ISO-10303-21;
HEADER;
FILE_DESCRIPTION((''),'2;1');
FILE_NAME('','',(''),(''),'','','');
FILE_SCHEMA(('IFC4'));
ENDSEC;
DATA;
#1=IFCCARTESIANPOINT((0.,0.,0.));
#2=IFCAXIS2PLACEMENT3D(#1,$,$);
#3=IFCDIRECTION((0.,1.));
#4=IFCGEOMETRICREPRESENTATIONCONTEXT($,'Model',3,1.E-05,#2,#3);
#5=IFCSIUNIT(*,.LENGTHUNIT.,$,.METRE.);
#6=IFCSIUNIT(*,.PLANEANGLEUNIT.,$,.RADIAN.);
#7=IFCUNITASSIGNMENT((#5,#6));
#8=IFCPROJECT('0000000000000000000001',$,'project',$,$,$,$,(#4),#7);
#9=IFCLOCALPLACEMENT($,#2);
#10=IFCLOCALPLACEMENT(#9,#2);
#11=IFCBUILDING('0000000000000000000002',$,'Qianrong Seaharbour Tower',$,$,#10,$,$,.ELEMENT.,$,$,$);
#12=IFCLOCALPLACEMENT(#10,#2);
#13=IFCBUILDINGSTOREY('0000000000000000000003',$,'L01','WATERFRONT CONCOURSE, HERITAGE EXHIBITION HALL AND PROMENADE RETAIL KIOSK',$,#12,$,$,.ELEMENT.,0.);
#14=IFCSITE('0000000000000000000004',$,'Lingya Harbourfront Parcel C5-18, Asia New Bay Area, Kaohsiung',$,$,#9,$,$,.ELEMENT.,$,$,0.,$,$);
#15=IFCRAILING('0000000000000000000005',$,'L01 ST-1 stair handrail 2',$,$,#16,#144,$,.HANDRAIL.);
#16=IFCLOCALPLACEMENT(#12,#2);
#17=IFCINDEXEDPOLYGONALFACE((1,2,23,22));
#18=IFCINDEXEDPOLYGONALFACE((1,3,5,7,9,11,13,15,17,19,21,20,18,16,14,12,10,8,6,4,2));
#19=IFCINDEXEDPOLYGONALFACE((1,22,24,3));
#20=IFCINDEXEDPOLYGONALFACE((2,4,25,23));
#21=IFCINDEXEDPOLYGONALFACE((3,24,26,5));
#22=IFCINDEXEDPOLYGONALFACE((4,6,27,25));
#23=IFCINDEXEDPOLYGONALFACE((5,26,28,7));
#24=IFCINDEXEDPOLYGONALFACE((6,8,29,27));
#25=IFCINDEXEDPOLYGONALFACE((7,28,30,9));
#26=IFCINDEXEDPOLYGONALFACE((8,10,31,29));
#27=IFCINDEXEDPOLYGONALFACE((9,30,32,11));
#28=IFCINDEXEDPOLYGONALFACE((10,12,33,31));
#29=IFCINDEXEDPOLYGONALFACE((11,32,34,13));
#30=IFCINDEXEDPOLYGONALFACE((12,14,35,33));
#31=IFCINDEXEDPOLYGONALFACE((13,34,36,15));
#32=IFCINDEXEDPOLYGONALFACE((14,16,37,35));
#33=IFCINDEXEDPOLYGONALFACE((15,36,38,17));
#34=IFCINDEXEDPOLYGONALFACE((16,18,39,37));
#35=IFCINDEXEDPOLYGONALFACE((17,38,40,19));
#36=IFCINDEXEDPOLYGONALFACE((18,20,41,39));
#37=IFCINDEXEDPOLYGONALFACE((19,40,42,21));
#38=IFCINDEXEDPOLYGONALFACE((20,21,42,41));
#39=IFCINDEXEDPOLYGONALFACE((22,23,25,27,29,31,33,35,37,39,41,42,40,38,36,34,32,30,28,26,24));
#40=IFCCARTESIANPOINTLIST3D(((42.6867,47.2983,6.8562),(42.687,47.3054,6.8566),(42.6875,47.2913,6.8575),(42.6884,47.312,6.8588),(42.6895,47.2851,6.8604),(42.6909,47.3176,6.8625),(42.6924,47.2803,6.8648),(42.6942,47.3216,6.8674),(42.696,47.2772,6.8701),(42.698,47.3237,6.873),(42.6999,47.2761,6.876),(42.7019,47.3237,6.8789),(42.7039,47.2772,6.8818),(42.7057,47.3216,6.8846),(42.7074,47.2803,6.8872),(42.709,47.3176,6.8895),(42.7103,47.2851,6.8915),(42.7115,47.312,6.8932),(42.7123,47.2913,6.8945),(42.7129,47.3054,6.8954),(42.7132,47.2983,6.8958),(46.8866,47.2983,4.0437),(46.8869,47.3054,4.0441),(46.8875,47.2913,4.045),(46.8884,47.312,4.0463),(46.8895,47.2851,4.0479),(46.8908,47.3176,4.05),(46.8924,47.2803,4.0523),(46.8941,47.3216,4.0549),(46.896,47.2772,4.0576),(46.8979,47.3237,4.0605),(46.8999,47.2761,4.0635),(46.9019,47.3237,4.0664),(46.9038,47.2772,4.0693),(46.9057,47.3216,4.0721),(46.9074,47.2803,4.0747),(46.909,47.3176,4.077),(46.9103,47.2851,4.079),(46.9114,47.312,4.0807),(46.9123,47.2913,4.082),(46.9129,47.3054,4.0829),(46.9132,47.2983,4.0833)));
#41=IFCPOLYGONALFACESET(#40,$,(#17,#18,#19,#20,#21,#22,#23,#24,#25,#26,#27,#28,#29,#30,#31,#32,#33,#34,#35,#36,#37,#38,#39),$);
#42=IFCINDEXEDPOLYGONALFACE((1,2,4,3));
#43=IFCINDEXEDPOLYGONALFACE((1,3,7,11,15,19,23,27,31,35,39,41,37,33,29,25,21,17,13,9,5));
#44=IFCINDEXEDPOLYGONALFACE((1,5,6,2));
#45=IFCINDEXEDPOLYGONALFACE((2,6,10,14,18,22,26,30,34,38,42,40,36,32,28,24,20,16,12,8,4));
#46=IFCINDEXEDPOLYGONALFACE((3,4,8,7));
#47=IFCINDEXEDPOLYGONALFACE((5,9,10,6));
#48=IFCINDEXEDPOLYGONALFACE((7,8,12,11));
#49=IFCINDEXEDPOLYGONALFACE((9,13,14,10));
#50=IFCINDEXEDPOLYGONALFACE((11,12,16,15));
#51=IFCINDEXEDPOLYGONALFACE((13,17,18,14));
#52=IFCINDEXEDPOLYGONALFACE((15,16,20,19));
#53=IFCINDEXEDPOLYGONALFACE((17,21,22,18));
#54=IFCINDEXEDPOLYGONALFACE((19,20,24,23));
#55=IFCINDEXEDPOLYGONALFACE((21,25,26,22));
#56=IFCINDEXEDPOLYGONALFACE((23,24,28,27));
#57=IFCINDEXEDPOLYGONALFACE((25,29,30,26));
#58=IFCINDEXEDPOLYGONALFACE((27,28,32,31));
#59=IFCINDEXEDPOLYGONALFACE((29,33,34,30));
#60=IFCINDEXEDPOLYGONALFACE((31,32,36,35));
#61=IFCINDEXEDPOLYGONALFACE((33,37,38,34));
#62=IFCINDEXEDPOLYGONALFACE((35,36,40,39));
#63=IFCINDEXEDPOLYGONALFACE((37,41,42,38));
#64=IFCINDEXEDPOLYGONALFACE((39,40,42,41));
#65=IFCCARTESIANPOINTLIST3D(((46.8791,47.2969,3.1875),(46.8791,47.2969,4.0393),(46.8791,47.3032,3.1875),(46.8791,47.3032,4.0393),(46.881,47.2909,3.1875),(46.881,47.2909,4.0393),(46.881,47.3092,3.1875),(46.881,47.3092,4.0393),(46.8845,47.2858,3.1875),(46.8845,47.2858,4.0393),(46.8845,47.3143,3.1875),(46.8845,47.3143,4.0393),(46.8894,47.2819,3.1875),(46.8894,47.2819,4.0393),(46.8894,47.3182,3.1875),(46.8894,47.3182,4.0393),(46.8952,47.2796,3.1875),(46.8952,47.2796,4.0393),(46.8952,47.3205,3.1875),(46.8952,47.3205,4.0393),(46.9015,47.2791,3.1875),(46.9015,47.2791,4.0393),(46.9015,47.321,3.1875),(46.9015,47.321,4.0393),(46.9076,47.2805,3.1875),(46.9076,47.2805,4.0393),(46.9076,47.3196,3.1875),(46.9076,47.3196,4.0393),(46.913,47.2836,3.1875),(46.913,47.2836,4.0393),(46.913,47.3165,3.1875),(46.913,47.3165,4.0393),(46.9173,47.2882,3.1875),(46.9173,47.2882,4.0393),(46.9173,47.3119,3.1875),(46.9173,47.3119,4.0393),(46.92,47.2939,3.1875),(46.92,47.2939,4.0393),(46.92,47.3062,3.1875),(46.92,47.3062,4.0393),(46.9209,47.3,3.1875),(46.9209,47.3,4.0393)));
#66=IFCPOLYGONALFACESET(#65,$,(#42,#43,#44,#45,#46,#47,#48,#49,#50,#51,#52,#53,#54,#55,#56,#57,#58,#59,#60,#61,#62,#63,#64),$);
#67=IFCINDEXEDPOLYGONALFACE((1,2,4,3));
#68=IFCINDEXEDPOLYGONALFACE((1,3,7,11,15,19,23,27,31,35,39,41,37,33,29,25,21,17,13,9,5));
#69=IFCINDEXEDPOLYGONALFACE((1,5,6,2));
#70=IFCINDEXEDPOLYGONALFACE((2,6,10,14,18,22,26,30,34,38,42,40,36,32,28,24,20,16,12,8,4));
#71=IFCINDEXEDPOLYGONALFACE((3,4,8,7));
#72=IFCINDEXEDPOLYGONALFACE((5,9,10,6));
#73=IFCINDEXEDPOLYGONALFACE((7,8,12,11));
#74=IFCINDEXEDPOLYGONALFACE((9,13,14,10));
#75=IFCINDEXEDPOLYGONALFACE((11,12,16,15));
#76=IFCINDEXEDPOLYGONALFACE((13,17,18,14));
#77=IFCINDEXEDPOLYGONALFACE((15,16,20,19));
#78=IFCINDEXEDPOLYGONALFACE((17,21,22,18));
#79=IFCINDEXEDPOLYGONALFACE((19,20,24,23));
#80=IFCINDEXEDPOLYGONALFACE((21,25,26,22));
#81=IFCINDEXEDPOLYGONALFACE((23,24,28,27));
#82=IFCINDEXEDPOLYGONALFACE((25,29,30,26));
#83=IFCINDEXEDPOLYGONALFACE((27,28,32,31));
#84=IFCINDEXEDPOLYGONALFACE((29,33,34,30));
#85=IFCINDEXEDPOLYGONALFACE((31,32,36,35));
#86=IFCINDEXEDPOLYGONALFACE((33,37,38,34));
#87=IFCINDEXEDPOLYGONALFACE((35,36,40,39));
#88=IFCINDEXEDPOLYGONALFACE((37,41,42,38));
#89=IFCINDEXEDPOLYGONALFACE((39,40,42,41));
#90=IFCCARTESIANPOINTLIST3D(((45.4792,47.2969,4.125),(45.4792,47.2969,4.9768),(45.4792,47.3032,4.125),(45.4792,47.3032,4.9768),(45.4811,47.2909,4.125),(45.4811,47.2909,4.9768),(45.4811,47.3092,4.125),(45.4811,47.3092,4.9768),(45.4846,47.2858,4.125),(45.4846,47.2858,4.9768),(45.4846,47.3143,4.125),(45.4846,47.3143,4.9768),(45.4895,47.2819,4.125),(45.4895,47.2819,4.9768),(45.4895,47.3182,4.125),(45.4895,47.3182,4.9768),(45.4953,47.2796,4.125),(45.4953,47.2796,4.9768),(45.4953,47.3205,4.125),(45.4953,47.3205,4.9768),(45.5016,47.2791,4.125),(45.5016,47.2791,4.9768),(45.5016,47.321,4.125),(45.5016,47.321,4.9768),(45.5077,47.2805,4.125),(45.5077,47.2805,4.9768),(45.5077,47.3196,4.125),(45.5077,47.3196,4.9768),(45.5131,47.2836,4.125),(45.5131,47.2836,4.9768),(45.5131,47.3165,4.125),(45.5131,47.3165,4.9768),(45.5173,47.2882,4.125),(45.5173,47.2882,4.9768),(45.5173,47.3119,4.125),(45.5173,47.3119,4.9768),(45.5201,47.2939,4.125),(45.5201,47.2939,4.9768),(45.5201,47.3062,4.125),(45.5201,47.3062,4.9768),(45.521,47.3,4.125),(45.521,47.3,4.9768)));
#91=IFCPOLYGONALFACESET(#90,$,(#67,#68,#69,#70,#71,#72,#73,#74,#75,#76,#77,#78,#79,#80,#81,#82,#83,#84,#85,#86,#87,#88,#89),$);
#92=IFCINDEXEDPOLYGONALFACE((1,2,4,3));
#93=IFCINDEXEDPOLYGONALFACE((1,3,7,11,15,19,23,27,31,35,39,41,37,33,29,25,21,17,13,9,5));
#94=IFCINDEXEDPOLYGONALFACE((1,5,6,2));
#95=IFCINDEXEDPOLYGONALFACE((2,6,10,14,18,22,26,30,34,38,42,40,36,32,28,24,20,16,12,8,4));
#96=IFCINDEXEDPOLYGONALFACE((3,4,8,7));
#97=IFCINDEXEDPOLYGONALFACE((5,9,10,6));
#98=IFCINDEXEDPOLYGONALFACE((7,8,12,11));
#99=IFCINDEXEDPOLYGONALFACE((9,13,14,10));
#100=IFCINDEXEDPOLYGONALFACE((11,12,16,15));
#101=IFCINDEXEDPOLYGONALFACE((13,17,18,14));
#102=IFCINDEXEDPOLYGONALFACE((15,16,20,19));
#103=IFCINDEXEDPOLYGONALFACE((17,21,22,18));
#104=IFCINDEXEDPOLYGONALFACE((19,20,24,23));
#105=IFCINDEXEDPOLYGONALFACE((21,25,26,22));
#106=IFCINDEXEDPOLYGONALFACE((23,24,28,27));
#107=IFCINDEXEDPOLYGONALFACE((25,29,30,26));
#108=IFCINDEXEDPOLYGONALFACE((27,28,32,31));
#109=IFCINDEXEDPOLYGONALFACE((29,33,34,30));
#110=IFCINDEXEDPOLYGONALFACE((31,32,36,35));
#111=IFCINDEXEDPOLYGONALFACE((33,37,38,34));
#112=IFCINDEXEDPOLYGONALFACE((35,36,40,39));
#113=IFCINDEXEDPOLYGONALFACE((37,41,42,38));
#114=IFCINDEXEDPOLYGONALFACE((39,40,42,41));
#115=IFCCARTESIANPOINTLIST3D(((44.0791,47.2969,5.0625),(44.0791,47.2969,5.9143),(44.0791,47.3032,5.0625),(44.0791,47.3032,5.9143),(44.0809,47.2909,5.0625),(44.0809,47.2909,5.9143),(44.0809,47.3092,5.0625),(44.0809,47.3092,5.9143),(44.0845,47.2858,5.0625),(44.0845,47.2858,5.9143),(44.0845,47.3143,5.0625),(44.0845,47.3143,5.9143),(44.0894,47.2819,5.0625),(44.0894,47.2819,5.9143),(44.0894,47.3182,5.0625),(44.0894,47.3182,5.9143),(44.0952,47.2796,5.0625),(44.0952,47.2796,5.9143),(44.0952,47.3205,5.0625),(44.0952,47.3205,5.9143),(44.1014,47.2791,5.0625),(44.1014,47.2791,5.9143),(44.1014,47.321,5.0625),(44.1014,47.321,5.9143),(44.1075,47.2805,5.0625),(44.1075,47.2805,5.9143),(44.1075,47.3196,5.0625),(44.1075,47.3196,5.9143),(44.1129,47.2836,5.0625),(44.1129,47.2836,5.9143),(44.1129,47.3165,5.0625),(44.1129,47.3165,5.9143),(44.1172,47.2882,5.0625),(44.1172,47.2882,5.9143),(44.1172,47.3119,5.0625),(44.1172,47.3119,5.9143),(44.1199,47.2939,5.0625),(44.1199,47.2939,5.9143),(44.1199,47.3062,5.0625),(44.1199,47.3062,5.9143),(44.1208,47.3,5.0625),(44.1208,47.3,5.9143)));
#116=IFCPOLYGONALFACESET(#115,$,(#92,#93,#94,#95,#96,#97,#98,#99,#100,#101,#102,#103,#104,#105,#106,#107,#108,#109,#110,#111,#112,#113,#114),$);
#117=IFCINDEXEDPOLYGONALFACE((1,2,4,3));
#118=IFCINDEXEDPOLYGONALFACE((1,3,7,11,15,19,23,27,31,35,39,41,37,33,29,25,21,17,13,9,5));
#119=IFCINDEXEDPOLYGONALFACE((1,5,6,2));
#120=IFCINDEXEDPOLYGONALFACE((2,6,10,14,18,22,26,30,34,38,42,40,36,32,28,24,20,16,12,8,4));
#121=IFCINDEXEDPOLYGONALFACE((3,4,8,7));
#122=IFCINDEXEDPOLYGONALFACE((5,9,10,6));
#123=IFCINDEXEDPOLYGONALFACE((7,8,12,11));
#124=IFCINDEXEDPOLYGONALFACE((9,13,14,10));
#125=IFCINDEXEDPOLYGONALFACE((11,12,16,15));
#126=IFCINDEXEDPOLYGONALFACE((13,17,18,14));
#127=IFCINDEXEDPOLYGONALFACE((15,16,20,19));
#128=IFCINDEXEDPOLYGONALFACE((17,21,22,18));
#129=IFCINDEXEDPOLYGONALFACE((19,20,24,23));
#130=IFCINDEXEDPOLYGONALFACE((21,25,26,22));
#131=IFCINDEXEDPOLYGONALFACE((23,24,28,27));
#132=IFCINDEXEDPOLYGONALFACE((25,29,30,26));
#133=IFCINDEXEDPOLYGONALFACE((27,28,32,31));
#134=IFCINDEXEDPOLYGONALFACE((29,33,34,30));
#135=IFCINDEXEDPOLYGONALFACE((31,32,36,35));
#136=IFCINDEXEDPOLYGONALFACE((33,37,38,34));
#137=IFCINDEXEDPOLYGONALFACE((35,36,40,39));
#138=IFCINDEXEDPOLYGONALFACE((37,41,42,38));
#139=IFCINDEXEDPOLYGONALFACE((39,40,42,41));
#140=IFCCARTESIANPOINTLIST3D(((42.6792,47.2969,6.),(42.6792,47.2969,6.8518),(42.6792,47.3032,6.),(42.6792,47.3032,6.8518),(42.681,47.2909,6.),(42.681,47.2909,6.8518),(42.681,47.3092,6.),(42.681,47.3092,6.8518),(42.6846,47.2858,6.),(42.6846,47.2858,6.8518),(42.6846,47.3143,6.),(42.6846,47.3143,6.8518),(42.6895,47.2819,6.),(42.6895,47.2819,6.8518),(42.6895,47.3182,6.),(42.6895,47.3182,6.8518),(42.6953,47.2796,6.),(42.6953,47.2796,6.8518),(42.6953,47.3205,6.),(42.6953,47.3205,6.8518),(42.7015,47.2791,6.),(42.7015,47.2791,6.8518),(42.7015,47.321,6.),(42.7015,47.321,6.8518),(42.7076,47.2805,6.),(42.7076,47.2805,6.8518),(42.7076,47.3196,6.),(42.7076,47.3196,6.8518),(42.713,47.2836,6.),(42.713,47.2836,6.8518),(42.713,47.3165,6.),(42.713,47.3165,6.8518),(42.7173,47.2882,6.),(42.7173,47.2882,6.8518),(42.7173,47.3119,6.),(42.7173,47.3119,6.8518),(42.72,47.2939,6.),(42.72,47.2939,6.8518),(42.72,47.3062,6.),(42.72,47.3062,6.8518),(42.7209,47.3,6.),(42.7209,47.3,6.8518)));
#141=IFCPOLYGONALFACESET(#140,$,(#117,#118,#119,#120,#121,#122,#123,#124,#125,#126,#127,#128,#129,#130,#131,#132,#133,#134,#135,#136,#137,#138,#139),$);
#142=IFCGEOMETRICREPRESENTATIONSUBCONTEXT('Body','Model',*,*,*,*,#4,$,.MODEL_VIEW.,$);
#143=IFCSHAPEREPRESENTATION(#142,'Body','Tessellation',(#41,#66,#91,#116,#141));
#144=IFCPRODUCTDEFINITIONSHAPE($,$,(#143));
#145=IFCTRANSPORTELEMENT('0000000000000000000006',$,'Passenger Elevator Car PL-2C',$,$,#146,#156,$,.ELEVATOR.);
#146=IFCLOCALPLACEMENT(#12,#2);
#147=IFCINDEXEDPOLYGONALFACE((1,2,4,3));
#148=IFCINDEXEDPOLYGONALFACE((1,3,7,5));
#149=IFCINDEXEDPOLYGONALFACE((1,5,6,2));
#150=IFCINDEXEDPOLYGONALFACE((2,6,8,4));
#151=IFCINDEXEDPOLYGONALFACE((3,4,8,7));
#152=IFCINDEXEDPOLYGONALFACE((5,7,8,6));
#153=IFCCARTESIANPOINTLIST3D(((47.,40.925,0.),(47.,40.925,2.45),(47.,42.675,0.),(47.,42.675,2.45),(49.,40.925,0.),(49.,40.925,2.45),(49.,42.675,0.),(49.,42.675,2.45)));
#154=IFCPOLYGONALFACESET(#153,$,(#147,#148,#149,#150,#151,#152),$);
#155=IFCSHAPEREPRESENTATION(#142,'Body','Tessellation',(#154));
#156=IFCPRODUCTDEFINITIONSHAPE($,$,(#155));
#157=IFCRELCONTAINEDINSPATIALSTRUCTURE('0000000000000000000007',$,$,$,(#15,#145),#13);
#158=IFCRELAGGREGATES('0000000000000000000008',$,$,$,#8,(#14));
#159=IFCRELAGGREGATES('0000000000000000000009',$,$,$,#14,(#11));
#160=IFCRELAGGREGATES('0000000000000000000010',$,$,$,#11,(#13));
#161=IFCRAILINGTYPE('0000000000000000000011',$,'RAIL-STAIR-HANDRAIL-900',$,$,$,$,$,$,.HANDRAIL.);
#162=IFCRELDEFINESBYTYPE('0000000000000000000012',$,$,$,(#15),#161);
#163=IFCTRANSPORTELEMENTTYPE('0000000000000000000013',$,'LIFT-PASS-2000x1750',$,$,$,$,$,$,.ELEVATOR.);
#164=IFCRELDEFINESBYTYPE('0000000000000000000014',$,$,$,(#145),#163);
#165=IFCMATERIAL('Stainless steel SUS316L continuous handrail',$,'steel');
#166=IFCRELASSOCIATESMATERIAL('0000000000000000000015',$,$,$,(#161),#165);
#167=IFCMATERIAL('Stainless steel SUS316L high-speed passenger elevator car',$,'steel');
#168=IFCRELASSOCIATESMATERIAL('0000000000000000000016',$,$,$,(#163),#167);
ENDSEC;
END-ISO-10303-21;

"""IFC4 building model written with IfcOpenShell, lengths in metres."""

from ifc_helpers import new_model, si_unit, direction, frame, origin, origin_2d, place, context, subcontext, project, spatial, rectangle, circle, extrude, material, type_object, element, save


model = new_model("IFC4")

# Units and contexts
model_context = context("Model", 3, precision=1e-05, world=origin(), true_north=direction((0.0, 1.0)))
body_context = subcontext(model_context, "Body", "Model", "MODEL_VIEW")
ifc_project = project(units=[si_unit("LENGTHUNIT", "METRE"), si_unit("PLANEANGLEUNIT", "RADIAN")], contexts=[model_context])

# Site, building, storey
site_placement = place(None, origin())
site = spatial("IfcSite", under=ifc_project, at=site_placement, Name="Lingya Harbourfront Parcel C5-18, Asia New Bay Area, Kaohsiung", CompositionType="ELEMENT", RefElevation=0.0)
building_placement = place(site_placement, origin())
building = spatial("IfcBuilding", under=site, at=building_placement, Name="Qianrong Seaharbour Tower", CompositionType="ELEMENT")
storey_placement = place(building_placement, origin())
storey = spatial("IfcBuildingStorey", under=building, at=storey_placement, Name="L01", Description="WATERFRONT CONCOURSE, HERITAGE EXHIBITION HALL AND PROMENADE RETAIL KIOSK", CompositionType="ELEMENT", Elevation=0.0)

# Railing
ifc_material_1 = material(Name="Stainless steel SUS316L continuous handrail", Category="steel")
railing_type_1 = type_object("IfcRailingType", Name="RAIL-STAIR-HANDRAIL-900", PredefinedType="HANDRAIL", material=ifc_material_1)
railing_1_placement = place(storey_placement, frame((46.8999, 47.3, 3.1875)))
element("IfcRailing", 1, at=railing_1_placement, inside=storey, type_object=railing_type_1, Name="L01 ST-1 stair handrail 2", PredefinedType="HANDRAIL", context=body_context, shape_type="SweptSolid", body=[
    extrude(circle(Radius=0.0239, at=origin_2d()), frame((0.0, 0.0, 0.876), z_axis=(-0.830904, 0.0, 0.556416), x_axis=(0.0, -1.0, 0.0)), (0.0, 0.0, 1.0), 5.0547),
    extrude(circle(Radius=0.021, at=origin_2d()), origin(), (0.0, 0.0, 1.0), 0.8518),
    extrude(circle(Radius=0.021, at=origin_2d()), frame((-1.3999, 0.0, 0.9375)), (0.0, 0.0, 1.0), 0.8518),
    extrude(circle(Radius=0.021, at=origin_2d()), frame((-2.8, 0.0, 1.875)), (0.0, 0.0, 1.0), 0.8518),
    extrude(circle(Radius=0.021, at=origin_2d()), frame((-4.2, 0.0, 2.8125)), (0.0, 0.0, 1.0), 0.8518),
])

# Transport element
ifc_material_2 = material(Name="Stainless steel SUS316L high-speed passenger elevator car", Category="steel")
transport_element_type = type_object("IfcTransportElementType", Name="LIFT-PASS-2000x1750", PredefinedType="ELEVATOR", material=ifc_material_2)
transport_element_placement = place(storey_placement, frame((48.0, 41.8, 0.0), z_axis=(0.0, 0.0, 1.0), x_axis=(1.0, 0.0, 0.0)))
element("IfcTransportElement", 2, at=transport_element_placement, inside=storey, type_object=transport_element_type, Name="Passenger Elevator Car PL-2C", PredefinedType="ELEVATOR", context=body_context, shape_type="SweptSolid", body=[
    extrude(rectangle(XDim=2.0, YDim=1.75, at=origin_2d()), origin(), (0.0, 0.0, 1.0), 2.45),
])

save(model, "model.ifc")
